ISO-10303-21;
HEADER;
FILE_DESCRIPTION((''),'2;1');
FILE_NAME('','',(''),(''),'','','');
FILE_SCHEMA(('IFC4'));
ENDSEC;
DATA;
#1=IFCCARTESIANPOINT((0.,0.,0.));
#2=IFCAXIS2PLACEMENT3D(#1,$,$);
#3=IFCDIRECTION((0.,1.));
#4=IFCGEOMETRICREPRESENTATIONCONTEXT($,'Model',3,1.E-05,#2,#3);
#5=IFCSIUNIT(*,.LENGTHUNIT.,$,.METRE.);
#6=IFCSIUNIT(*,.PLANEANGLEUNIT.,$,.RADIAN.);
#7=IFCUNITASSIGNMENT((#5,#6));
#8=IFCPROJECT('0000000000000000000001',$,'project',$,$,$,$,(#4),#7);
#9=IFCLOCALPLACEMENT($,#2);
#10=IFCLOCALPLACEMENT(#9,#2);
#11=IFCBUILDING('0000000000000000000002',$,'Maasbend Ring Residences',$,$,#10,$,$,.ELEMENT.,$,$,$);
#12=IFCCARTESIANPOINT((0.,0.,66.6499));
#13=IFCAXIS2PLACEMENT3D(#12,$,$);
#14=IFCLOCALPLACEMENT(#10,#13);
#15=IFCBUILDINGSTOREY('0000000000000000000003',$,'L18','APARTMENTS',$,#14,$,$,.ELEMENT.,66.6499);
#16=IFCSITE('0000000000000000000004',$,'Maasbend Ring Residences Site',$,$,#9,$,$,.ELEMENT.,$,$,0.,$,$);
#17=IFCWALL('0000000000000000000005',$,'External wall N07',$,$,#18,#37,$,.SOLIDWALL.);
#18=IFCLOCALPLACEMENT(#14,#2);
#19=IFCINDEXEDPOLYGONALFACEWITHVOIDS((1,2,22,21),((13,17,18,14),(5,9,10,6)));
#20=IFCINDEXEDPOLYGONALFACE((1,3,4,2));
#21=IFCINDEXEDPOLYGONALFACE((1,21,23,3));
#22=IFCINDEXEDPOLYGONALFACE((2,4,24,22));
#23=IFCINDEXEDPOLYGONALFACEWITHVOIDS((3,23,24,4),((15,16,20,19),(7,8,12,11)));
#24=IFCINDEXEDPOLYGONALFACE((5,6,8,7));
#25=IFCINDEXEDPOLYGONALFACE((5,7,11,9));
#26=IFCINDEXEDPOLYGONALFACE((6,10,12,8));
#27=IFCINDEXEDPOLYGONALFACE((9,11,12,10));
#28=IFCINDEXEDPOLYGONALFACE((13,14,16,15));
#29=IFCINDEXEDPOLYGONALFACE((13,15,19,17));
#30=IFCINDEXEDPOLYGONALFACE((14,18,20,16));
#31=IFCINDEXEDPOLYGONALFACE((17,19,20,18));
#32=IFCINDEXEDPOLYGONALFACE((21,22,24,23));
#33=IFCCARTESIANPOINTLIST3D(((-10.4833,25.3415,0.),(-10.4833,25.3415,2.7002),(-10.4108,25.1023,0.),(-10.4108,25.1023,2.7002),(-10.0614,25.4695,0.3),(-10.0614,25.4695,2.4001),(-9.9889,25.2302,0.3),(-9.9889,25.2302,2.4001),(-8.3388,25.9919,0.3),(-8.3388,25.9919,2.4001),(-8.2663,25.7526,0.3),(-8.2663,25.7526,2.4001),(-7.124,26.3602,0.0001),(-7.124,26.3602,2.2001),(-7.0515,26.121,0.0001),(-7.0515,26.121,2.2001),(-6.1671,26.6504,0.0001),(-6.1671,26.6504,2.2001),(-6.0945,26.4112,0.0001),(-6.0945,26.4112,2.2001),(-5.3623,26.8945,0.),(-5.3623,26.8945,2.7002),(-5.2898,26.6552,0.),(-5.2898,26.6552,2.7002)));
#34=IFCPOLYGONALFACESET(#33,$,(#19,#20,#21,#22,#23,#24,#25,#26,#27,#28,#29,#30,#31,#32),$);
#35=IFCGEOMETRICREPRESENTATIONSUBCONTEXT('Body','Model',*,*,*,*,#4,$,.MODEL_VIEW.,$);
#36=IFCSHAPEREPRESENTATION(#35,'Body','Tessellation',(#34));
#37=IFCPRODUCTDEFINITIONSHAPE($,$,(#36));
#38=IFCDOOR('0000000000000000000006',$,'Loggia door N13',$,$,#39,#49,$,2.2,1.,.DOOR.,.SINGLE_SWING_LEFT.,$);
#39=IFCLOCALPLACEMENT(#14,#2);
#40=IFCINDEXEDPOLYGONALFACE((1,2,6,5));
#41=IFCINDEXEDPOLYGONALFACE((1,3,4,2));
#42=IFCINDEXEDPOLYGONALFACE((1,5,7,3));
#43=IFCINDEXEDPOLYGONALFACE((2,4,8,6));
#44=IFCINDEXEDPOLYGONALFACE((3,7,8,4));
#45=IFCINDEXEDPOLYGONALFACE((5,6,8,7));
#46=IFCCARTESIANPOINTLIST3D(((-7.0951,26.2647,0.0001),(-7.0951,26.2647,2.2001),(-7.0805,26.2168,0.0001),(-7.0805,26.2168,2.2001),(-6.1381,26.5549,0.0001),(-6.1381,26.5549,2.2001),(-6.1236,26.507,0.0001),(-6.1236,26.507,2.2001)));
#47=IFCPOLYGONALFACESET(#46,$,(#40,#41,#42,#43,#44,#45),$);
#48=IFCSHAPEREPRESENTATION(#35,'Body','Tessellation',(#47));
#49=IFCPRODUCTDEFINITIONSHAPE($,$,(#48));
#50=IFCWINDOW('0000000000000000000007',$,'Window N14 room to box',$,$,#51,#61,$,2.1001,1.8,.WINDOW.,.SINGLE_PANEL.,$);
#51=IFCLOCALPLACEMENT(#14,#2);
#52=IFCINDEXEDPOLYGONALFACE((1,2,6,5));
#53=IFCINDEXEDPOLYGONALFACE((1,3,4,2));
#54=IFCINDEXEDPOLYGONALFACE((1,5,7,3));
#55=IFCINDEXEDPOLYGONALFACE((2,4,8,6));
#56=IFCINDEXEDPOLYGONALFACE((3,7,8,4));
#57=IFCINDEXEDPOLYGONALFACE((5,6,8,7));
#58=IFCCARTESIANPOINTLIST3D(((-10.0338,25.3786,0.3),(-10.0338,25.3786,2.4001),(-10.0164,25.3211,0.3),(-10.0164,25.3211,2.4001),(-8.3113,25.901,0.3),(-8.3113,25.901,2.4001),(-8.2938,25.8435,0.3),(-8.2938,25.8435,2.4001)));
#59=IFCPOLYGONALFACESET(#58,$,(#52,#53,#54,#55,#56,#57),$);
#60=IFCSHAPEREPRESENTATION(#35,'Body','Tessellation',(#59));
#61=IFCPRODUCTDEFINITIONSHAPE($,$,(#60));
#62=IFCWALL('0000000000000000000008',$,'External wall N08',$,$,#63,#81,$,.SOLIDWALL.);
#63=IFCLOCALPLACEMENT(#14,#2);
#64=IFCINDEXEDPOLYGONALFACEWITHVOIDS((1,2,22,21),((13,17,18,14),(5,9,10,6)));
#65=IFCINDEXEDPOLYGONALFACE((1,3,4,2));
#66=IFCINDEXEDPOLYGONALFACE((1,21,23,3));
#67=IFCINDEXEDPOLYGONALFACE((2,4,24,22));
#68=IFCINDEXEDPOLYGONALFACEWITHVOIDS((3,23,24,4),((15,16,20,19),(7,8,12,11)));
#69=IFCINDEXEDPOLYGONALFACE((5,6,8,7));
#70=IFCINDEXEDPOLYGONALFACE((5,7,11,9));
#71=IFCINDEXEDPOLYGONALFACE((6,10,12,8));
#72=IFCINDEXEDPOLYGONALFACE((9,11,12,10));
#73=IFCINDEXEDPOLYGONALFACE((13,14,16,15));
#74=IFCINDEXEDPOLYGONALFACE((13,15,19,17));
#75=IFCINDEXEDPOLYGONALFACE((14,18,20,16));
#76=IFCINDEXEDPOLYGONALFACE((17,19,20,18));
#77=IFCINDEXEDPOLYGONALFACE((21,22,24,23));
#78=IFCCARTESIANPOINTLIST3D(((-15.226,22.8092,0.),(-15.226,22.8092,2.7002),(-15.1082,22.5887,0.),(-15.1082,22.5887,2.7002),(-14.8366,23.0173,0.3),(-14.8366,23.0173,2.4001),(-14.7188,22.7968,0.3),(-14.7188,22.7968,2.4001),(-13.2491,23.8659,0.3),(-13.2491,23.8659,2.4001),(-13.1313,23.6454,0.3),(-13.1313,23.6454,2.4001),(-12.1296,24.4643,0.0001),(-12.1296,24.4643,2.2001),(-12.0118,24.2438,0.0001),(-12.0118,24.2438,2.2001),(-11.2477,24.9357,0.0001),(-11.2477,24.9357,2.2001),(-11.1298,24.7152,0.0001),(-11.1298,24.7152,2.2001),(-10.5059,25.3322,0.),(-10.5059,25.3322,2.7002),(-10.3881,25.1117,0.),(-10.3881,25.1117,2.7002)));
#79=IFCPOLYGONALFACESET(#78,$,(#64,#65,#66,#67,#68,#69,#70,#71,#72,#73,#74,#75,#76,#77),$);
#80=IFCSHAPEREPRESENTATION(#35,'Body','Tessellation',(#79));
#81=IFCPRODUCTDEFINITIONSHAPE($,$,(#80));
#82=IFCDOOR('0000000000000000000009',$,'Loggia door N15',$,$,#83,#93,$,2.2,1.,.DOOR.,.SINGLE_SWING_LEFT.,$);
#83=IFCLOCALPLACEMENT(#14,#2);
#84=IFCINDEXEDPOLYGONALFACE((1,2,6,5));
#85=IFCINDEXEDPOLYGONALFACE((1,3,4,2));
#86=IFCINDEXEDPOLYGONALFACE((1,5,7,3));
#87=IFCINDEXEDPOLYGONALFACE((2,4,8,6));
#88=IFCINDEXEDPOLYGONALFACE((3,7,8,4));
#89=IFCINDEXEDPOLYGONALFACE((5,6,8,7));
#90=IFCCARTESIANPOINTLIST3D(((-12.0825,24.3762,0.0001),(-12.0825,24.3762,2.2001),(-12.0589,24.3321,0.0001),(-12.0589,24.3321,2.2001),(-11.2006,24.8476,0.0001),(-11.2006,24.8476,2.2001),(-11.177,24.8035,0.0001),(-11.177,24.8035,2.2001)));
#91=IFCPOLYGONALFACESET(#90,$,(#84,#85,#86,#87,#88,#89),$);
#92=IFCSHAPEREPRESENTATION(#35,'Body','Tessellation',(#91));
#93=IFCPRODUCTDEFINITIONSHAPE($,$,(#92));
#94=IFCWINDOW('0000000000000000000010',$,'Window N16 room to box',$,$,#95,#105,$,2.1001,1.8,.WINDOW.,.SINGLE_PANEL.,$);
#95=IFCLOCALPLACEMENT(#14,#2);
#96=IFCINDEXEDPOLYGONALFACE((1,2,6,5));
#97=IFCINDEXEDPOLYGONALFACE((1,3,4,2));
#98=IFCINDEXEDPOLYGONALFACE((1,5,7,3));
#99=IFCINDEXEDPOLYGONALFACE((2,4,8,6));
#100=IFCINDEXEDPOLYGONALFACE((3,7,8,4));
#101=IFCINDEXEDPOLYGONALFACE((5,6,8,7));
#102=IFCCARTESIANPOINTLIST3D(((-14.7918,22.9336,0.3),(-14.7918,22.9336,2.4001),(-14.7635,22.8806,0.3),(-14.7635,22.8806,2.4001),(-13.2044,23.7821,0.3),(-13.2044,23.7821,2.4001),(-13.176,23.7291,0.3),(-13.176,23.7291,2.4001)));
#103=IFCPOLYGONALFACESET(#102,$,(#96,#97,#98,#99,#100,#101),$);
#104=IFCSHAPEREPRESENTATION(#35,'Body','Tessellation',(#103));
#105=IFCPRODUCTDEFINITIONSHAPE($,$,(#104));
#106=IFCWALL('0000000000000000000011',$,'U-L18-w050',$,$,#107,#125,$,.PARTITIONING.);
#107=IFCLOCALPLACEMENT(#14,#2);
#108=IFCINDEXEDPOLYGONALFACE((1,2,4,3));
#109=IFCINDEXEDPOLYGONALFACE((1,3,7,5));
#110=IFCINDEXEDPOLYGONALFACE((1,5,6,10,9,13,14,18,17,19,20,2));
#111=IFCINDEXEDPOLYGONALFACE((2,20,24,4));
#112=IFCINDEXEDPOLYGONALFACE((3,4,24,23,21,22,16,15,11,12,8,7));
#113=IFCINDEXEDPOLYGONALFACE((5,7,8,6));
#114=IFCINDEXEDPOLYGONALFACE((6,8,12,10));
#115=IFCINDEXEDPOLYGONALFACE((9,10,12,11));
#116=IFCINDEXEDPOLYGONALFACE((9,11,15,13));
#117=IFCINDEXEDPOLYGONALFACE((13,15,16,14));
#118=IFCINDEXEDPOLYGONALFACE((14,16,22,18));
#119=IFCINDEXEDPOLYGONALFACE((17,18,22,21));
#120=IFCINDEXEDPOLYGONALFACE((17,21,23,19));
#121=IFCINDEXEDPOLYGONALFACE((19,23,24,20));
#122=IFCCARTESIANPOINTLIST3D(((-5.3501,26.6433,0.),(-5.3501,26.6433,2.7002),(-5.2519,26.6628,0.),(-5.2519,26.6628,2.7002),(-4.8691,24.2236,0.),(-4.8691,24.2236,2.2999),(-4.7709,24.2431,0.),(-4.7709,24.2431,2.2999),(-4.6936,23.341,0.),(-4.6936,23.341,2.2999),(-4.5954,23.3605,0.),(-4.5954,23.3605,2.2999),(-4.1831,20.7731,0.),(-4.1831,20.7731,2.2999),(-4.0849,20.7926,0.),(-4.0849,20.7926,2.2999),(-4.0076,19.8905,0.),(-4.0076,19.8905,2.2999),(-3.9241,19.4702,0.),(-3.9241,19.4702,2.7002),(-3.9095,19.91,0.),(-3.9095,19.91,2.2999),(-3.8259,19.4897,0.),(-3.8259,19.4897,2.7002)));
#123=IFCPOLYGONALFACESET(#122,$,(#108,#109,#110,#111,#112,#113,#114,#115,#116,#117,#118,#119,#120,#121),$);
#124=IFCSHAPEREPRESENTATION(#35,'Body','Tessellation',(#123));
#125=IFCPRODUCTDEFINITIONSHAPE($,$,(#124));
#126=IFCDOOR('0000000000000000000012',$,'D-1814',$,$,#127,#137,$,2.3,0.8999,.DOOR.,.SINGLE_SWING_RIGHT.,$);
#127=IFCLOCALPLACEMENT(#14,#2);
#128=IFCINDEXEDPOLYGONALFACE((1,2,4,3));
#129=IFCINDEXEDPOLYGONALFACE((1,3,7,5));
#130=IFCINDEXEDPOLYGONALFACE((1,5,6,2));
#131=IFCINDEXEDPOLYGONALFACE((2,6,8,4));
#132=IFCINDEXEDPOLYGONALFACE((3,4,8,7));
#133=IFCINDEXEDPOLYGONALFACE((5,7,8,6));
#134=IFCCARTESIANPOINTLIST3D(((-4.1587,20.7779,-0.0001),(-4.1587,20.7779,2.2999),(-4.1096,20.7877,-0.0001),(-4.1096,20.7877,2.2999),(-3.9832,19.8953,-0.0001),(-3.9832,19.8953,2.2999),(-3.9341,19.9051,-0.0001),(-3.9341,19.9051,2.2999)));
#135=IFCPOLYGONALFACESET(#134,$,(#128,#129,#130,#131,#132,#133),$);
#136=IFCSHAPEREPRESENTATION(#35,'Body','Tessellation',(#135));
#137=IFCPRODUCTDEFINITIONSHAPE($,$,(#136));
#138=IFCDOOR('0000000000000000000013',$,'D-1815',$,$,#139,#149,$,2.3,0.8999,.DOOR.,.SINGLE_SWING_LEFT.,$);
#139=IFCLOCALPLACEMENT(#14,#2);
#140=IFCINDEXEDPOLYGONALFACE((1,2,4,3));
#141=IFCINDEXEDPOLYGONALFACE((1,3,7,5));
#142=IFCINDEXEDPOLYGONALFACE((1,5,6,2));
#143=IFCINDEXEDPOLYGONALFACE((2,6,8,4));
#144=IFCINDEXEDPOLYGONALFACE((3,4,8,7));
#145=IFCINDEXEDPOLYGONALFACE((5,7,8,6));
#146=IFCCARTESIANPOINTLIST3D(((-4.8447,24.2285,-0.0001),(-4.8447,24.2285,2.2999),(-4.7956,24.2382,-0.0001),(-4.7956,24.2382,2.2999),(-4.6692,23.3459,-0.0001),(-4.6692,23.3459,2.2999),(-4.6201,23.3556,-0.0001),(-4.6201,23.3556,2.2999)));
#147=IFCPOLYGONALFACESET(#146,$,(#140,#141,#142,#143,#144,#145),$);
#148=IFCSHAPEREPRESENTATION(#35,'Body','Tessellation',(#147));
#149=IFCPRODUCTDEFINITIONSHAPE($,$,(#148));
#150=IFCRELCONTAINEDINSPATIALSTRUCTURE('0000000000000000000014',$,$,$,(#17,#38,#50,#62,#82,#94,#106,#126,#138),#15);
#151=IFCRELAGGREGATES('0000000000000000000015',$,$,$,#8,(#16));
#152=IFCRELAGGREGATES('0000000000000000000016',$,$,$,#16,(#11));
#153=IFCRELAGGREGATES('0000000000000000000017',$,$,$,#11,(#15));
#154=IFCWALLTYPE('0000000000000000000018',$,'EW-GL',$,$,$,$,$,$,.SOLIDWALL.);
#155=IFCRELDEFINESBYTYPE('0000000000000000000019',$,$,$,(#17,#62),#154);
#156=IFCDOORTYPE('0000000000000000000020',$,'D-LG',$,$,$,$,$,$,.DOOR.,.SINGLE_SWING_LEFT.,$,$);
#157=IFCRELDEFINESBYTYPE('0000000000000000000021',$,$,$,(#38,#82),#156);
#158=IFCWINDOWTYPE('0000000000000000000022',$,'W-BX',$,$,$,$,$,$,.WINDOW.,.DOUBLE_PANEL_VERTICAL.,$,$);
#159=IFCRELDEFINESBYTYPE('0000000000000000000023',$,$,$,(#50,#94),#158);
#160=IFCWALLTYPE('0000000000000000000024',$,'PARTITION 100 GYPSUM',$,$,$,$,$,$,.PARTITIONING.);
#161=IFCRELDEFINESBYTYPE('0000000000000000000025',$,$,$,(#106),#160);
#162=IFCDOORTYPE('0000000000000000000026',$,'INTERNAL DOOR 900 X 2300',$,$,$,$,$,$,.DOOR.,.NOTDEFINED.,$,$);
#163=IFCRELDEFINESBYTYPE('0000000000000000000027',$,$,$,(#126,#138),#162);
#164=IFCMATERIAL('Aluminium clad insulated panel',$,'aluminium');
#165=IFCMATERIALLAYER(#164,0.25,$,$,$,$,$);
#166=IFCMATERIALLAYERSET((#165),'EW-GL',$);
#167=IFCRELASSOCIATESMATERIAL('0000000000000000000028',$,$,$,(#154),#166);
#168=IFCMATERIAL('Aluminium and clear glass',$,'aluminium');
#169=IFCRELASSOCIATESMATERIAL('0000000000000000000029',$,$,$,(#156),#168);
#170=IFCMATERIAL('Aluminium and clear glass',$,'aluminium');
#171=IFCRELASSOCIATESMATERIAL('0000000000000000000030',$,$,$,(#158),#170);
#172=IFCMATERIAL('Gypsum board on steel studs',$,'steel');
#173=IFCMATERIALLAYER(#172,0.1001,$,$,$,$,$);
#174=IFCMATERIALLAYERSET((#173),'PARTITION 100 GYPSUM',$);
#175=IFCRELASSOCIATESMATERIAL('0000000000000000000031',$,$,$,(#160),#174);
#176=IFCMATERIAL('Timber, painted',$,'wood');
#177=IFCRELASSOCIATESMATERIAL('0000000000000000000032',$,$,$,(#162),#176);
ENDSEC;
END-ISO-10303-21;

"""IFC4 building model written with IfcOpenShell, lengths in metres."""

from ifc_helpers import new_model, si_unit, direction, frame, frame_2d, origin, place, context, subcontext, project, spatial, rectangle, extrude, material, layer, layer_set, type_object, element, fill, save


model = new_model("IFC4")

# Units and contexts
model_context = context("Model", 3, precision=1e-05, world=origin(), true_north=direction((0.0, 1.0)))
body_context = subcontext(model_context, "Body", "Model", "MODEL_VIEW")
ifc_project = project(units=[si_unit("LENGTHUNIT", "METRE"), si_unit("PLANEANGLEUNIT", "RADIAN")], contexts=[model_context])

# Site, building, storey
site_placement = place(None, origin())
site = spatial("IfcSite", under=ifc_project, at=site_placement, Name="Maasbend Ring Residences Site", CompositionType="ELEMENT", RefElevation=0.0)
building_placement = place(site_placement, origin())
building = spatial("IfcBuilding", under=site, at=building_placement, Name="Maasbend Ring Residences", CompositionType="ELEMENT")
storey_placement = place(building_placement, frame((0.0, 0.0, 66.6499)))
storey = spatial("IfcBuildingStorey", under=building, at=storey_placement, Name="L18", Description="APARTMENTS", CompositionType="ELEMENT", Elevation=66.6499)

# Walls, openings, doors, windows
ifc_material_1 = material(Name="Aluminium clad insulated panel", Category="aluminium")
ifc_layer_1 = layer(ifc_material_1, 0.25)
ifc_layer_set_1 = layer_set([ifc_layer_1], Name="EW-GL")
wall_type_1 = type_object("IfcWallType", Name="EW-GL", PredefinedType="SOLIDWALL", material=ifc_layer_set_1)
wall_1_placement = place(storey_placement, frame((-5.3259, 26.7749, 0.0), z_axis=(0.0, 0.0, 1.0), x_axis=(-0.956966, -0.290201, 0.0)))
wall_1 = element("IfcWall", 1, at=wall_1_placement, inside=storey, type_object=wall_type_1, Name="External wall N07", PredefinedType="SOLIDWALL", context=body_context, shape_type="SweptSolid", body=[
    extrude(rectangle(XDim=5.3513, YDim=0.25, at=frame_2d((2.6758, 0.0))), origin(), (0.0, 0.0, 1.0), 2.7002),
])
opening_1_placement = place(wall_1_placement, frame((0.8411, 0.0, 0.0)))
opening_1 = element("IfcOpeningElement", 2, at=opening_1_placement, cuts=wall_1, PredefinedType="OPENING", context=body_context, shape_type="SweptSolid", body=[
    extrude(rectangle(XDim=1.0, YDim=2.2, at=frame_2d((0.5, 1.1001))), frame((0.0, 0.135, 0.0), z_axis=(0.0, -1.0, 0.0), x_axis=(1.0, 0.0, 0.0)), (0.0, 0.0, 1.0), 0.27),
])
opening_2_placement = place(wall_1_placement, frame((3.1106, 0.0, 0.3)))
opening_2 = element("IfcOpeningElement", 3, at=opening_2_placement, cuts=wall_1, PredefinedType="OPENING", context=body_context, shape_type="SweptSolid", body=[
    extrude(rectangle(XDim=1.8, YDim=2.1001, at=frame_2d((0.8999, 1.05))), frame((0.0, 0.135, 0.0), z_axis=(0.0, -1.0, 0.0), x_axis=(1.0, 0.0, 0.0)), (0.0, 0.0, 1.0), 0.27),
])
ifc_material_2 = material(Name="Aluminium and clear glass", Category="aluminium")
door_type_1 = type_object("IfcDoorType", Name="D-LG", OperationType="SINGLE_SWING_LEFT", PredefinedType="DOOR", material=ifc_material_2)
door_1_placement = place(opening_1_placement, origin())
door_1 = element("IfcDoor", 4, at=door_1_placement, inside=storey, type_object=door_type_1, Name="Loggia door N13", OperationType="SINGLE_SWING_LEFT", OverallHeight=2.2, OverallWidth=1.0, PredefinedType="DOOR", context=body_context, shape_type="SweptSolid", body=[
    extrude(rectangle(XDim=1.0, YDim=2.2, at=frame_2d((0.5, 1.1001))), frame((0.0, 0.0249, 0.0), z_axis=(0.0, -1.0, 0.0), x_axis=(1.0, 0.0, 0.0)), (0.0, 0.0, 1.0), 0.05),
])
fill(opening_1, door_1)
ifc_material_3 = material(Name="Aluminium and clear glass", Category="aluminium")
window_type_1 = type_object("IfcWindowType", Name="W-BX", PartitioningType="DOUBLE_PANEL_VERTICAL", PredefinedType="WINDOW", material=ifc_material_3)
window_1_placement = place(opening_2_placement, origin())
window_1 = element("IfcWindow", 5, at=window_1_placement, inside=storey, type_object=window_type_1, Name="Window N14 room to box", OverallHeight=2.1001, OverallWidth=1.8, PartitioningType="SINGLE_PANEL", PredefinedType="WINDOW", context=body_context, shape_type="SweptSolid", body=[
    extrude(rectangle(XDim=1.8, YDim=2.1001, at=frame_2d((0.8999, 1.05))), frame((0.0, 0.03, 0.0), z_axis=(0.0, -1.0, 0.0), x_axis=(1.0, 0.0, 0.0)), (0.0, 0.0, 1.0), 0.0601),
])
fill(opening_2, window_1)
wall_2_placement = place(storey_placement, frame((-10.447, 25.2219, 0.0), z_axis=(0.0, 0.0, 1.0), x_axis=(-0.881916, -0.471407, 0.0)))
wall_2 = element("IfcWall", 6, at=wall_2_placement, inside=storey, type_object=wall_type_1, Name="External wall N08", PredefinedType="SOLIDWALL", context=body_context, shape_type="SweptSolid", body=[
    extrude(rectangle(XDim=5.3521, YDim=0.25, at=frame_2d((2.676, 0.0))), origin(), (0.0, 0.0, 1.0), 2.7002),
])
opening_3_placement = place(wall_2_placement, frame((0.8411, 0.0, 0.0)))
opening_3 = element("IfcOpeningElement", 7, at=opening_3_placement, cuts=wall_2, PredefinedType="OPENING", context=body_context, shape_type="SweptSolid", body=[
    extrude(rectangle(XDim=1.0, YDim=2.2, at=frame_2d((0.5, 1.1001))), frame((0.0, 0.135, 0.0), z_axis=(0.0, -1.0, 0.0), x_axis=(1.0, 0.0, 0.0)), (0.0, 0.0, 1.0), 0.27),
])
opening_4_placement = place(wall_2_placement, frame((3.1106, 0.0, 0.3)))
opening_4 = element("IfcOpeningElement", 8, at=opening_4_placement, cuts=wall_2, PredefinedType="OPENING", context=body_context, shape_type="SweptSolid", body=[
    extrude(rectangle(XDim=1.8, YDim=2.1001, at=frame_2d((0.8999, 1.05))), frame((0.0, 0.135, 0.0), z_axis=(0.0, -1.0, 0.0), x_axis=(1.0, 0.0, 0.0)), (0.0, 0.0, 1.0), 0.27),
])
door_2_placement = place(opening_3_placement, origin())
door_2 = element("IfcDoor", 9, at=door_2_placement, inside=storey, type_object=door_type_1, Name="Loggia door N15", OperationType="SINGLE_SWING_LEFT", OverallHeight=2.2, OverallWidth=1.0, PredefinedType="DOOR", context=body_context, shape_type="SweptSolid", body=[
    extrude(rectangle(XDim=1.0, YDim=2.2, at=frame_2d((0.5, 1.1001))), frame((0.0, 0.0249, 0.0), z_axis=(0.0, -1.0, 0.0), x_axis=(1.0, 0.0, 0.0)), (0.0, 0.0, 1.0), 0.05),
])
fill(opening_3, door_2)
window_2_placement = place(opening_4_placement, origin())
window_2 = element("IfcWindow", 10, at=window_2_placement, inside=storey, type_object=window_type_1, Name="Window N16 room to box", OverallHeight=2.1001, OverallWidth=1.8, PartitioningType="SINGLE_PANEL", PredefinedType="WINDOW", context=body_context, shape_type="SweptSolid", body=[
    extrude(rectangle(XDim=1.8, YDim=2.1001, at=frame_2d((0.8999, 1.05))), frame((0.0, 0.03, 0.0), z_axis=(0.0, -1.0, 0.0), x_axis=(1.0, 0.0, 0.0)), (0.0, 0.0, 1.0), 0.0601),
])
fill(opening_4, window_2)

# Wall, openings, doors
ifc_material_4 = material(Name="Gypsum board on steel studs", Category="steel")
ifc_layer_2 = layer(ifc_material_4, 0.1001)
ifc_layer_set_2 = layer_set([ifc_layer_2], Name="PARTITION 100 GYPSUM")
wall_type_2 = type_object("IfcWallType", Name="PARTITION 100 GYPSUM", PredefinedType="PARTITIONING", material=ifc_layer_set_2)
wall_3_placement = place(storey_placement, frame((-5.301, 26.6531, 0.0), z_axis=(0.0, 0.0, 1.0), x_axis=(0.194986, -0.980806, 0.0)))
wall_3 = element("IfcWall", 11, at=wall_3_placement, inside=storey, type_object=wall_type_2, Name="U-L18-w050", PredefinedType="PARTITIONING", context=body_context, shape_type="SweptSolid", body=[
    extrude(rectangle(XDim=7.3135, YDim=0.1001, at=frame_2d((3.6567, 0.0))), origin(), (0.0, 0.0, 1.0), 2.7002),
])
opening_5_placement = place(wall_3_placement, frame((5.9851, 0.0, 0.0)))
opening_5 = element("IfcOpeningElement", 12, at=opening_5_placement, cuts=wall_3, PredefinedType="OPENING", context=body_context, shape_type="SweptSolid", body=[
    extrude(rectangle(XDim=0.8999, YDim=2.3, at=frame_2d((0.45, 1.1499))), frame((0.0, 0.0601, 0.0), z_axis=(0.0, -1.0, 0.0), x_axis=(1.0, 0.0, 0.0)), (0.0, 0.0, 1.0), 0.1201),
])
opening_6_placement = place(wall_3_placement, frame((2.467, 0.0, 0.0)))
opening_6 = element("IfcOpeningElement", 13, at=opening_6_placement, cuts=wall_3, PredefinedType="OPENING", context=body_context, shape_type="SweptSolid", body=[
    extrude(rectangle(XDim=0.8999, YDim=2.3, at=frame_2d((0.45, 1.1499))), frame((0.0, 0.0601, 0.0), z_axis=(0.0, -1.0, 0.0), x_axis=(1.0, 0.0, 0.0)), (0.0, 0.0, 1.0), 0.1201),
])
ifc_material_5 = material(Name="Timber, painted", Category="wood")
door_type_2 = type_object("IfcDoorType", Name="INTERNAL DOOR 900 X 2300", OperationType="NOTDEFINED", PredefinedType="DOOR", material=ifc_material_5)
door_3_placement = place(opening_5_placement, origin())
door_3 = element("IfcDoor", 14, at=door_3_placement, inside=storey, type_object=door_type_2, Name="D-1814", OperationType="SINGLE_SWING_RIGHT", OverallHeight=2.3, OverallWidth=0.8999, PredefinedType="DOOR", context=body_context, shape_type="SweptSolid", body=[
    extrude(rectangle(XDim=0.8999, YDim=2.3, at=frame_2d((0.45, 1.1499))), frame((0.0, 0.0249, 0.0), z_axis=(0.0, -1.0, 0.0), x_axis=(1.0, 0.0, 0.0)), (0.0, 0.0, 1.0), 0.05),
])
fill(opening_5, door_3)
door_4_placement = place(opening_6_placement, origin())
door_4 = element("IfcDoor", 15, at=door_4_placement, inside=storey, type_object=door_type_2, Name="D-1815", OperationType="SINGLE_SWING_LEFT", OverallHeight=2.3, OverallWidth=0.8999, PredefinedType="DOOR", context=body_context, shape_type="SweptSolid", body=[
    extrude(rectangle(XDim=0.8999, YDim=2.3, at=frame_2d((0.45, 1.1499))), frame((0.0, 0.0249, 0.0), z_axis=(0.0, -1.0, 0.0), x_axis=(1.0, 0.0, 0.0)), (0.0, 0.0, 1.0), 0.05),
])
fill(opening_6, door_4)

save(model, "model.ifc")
